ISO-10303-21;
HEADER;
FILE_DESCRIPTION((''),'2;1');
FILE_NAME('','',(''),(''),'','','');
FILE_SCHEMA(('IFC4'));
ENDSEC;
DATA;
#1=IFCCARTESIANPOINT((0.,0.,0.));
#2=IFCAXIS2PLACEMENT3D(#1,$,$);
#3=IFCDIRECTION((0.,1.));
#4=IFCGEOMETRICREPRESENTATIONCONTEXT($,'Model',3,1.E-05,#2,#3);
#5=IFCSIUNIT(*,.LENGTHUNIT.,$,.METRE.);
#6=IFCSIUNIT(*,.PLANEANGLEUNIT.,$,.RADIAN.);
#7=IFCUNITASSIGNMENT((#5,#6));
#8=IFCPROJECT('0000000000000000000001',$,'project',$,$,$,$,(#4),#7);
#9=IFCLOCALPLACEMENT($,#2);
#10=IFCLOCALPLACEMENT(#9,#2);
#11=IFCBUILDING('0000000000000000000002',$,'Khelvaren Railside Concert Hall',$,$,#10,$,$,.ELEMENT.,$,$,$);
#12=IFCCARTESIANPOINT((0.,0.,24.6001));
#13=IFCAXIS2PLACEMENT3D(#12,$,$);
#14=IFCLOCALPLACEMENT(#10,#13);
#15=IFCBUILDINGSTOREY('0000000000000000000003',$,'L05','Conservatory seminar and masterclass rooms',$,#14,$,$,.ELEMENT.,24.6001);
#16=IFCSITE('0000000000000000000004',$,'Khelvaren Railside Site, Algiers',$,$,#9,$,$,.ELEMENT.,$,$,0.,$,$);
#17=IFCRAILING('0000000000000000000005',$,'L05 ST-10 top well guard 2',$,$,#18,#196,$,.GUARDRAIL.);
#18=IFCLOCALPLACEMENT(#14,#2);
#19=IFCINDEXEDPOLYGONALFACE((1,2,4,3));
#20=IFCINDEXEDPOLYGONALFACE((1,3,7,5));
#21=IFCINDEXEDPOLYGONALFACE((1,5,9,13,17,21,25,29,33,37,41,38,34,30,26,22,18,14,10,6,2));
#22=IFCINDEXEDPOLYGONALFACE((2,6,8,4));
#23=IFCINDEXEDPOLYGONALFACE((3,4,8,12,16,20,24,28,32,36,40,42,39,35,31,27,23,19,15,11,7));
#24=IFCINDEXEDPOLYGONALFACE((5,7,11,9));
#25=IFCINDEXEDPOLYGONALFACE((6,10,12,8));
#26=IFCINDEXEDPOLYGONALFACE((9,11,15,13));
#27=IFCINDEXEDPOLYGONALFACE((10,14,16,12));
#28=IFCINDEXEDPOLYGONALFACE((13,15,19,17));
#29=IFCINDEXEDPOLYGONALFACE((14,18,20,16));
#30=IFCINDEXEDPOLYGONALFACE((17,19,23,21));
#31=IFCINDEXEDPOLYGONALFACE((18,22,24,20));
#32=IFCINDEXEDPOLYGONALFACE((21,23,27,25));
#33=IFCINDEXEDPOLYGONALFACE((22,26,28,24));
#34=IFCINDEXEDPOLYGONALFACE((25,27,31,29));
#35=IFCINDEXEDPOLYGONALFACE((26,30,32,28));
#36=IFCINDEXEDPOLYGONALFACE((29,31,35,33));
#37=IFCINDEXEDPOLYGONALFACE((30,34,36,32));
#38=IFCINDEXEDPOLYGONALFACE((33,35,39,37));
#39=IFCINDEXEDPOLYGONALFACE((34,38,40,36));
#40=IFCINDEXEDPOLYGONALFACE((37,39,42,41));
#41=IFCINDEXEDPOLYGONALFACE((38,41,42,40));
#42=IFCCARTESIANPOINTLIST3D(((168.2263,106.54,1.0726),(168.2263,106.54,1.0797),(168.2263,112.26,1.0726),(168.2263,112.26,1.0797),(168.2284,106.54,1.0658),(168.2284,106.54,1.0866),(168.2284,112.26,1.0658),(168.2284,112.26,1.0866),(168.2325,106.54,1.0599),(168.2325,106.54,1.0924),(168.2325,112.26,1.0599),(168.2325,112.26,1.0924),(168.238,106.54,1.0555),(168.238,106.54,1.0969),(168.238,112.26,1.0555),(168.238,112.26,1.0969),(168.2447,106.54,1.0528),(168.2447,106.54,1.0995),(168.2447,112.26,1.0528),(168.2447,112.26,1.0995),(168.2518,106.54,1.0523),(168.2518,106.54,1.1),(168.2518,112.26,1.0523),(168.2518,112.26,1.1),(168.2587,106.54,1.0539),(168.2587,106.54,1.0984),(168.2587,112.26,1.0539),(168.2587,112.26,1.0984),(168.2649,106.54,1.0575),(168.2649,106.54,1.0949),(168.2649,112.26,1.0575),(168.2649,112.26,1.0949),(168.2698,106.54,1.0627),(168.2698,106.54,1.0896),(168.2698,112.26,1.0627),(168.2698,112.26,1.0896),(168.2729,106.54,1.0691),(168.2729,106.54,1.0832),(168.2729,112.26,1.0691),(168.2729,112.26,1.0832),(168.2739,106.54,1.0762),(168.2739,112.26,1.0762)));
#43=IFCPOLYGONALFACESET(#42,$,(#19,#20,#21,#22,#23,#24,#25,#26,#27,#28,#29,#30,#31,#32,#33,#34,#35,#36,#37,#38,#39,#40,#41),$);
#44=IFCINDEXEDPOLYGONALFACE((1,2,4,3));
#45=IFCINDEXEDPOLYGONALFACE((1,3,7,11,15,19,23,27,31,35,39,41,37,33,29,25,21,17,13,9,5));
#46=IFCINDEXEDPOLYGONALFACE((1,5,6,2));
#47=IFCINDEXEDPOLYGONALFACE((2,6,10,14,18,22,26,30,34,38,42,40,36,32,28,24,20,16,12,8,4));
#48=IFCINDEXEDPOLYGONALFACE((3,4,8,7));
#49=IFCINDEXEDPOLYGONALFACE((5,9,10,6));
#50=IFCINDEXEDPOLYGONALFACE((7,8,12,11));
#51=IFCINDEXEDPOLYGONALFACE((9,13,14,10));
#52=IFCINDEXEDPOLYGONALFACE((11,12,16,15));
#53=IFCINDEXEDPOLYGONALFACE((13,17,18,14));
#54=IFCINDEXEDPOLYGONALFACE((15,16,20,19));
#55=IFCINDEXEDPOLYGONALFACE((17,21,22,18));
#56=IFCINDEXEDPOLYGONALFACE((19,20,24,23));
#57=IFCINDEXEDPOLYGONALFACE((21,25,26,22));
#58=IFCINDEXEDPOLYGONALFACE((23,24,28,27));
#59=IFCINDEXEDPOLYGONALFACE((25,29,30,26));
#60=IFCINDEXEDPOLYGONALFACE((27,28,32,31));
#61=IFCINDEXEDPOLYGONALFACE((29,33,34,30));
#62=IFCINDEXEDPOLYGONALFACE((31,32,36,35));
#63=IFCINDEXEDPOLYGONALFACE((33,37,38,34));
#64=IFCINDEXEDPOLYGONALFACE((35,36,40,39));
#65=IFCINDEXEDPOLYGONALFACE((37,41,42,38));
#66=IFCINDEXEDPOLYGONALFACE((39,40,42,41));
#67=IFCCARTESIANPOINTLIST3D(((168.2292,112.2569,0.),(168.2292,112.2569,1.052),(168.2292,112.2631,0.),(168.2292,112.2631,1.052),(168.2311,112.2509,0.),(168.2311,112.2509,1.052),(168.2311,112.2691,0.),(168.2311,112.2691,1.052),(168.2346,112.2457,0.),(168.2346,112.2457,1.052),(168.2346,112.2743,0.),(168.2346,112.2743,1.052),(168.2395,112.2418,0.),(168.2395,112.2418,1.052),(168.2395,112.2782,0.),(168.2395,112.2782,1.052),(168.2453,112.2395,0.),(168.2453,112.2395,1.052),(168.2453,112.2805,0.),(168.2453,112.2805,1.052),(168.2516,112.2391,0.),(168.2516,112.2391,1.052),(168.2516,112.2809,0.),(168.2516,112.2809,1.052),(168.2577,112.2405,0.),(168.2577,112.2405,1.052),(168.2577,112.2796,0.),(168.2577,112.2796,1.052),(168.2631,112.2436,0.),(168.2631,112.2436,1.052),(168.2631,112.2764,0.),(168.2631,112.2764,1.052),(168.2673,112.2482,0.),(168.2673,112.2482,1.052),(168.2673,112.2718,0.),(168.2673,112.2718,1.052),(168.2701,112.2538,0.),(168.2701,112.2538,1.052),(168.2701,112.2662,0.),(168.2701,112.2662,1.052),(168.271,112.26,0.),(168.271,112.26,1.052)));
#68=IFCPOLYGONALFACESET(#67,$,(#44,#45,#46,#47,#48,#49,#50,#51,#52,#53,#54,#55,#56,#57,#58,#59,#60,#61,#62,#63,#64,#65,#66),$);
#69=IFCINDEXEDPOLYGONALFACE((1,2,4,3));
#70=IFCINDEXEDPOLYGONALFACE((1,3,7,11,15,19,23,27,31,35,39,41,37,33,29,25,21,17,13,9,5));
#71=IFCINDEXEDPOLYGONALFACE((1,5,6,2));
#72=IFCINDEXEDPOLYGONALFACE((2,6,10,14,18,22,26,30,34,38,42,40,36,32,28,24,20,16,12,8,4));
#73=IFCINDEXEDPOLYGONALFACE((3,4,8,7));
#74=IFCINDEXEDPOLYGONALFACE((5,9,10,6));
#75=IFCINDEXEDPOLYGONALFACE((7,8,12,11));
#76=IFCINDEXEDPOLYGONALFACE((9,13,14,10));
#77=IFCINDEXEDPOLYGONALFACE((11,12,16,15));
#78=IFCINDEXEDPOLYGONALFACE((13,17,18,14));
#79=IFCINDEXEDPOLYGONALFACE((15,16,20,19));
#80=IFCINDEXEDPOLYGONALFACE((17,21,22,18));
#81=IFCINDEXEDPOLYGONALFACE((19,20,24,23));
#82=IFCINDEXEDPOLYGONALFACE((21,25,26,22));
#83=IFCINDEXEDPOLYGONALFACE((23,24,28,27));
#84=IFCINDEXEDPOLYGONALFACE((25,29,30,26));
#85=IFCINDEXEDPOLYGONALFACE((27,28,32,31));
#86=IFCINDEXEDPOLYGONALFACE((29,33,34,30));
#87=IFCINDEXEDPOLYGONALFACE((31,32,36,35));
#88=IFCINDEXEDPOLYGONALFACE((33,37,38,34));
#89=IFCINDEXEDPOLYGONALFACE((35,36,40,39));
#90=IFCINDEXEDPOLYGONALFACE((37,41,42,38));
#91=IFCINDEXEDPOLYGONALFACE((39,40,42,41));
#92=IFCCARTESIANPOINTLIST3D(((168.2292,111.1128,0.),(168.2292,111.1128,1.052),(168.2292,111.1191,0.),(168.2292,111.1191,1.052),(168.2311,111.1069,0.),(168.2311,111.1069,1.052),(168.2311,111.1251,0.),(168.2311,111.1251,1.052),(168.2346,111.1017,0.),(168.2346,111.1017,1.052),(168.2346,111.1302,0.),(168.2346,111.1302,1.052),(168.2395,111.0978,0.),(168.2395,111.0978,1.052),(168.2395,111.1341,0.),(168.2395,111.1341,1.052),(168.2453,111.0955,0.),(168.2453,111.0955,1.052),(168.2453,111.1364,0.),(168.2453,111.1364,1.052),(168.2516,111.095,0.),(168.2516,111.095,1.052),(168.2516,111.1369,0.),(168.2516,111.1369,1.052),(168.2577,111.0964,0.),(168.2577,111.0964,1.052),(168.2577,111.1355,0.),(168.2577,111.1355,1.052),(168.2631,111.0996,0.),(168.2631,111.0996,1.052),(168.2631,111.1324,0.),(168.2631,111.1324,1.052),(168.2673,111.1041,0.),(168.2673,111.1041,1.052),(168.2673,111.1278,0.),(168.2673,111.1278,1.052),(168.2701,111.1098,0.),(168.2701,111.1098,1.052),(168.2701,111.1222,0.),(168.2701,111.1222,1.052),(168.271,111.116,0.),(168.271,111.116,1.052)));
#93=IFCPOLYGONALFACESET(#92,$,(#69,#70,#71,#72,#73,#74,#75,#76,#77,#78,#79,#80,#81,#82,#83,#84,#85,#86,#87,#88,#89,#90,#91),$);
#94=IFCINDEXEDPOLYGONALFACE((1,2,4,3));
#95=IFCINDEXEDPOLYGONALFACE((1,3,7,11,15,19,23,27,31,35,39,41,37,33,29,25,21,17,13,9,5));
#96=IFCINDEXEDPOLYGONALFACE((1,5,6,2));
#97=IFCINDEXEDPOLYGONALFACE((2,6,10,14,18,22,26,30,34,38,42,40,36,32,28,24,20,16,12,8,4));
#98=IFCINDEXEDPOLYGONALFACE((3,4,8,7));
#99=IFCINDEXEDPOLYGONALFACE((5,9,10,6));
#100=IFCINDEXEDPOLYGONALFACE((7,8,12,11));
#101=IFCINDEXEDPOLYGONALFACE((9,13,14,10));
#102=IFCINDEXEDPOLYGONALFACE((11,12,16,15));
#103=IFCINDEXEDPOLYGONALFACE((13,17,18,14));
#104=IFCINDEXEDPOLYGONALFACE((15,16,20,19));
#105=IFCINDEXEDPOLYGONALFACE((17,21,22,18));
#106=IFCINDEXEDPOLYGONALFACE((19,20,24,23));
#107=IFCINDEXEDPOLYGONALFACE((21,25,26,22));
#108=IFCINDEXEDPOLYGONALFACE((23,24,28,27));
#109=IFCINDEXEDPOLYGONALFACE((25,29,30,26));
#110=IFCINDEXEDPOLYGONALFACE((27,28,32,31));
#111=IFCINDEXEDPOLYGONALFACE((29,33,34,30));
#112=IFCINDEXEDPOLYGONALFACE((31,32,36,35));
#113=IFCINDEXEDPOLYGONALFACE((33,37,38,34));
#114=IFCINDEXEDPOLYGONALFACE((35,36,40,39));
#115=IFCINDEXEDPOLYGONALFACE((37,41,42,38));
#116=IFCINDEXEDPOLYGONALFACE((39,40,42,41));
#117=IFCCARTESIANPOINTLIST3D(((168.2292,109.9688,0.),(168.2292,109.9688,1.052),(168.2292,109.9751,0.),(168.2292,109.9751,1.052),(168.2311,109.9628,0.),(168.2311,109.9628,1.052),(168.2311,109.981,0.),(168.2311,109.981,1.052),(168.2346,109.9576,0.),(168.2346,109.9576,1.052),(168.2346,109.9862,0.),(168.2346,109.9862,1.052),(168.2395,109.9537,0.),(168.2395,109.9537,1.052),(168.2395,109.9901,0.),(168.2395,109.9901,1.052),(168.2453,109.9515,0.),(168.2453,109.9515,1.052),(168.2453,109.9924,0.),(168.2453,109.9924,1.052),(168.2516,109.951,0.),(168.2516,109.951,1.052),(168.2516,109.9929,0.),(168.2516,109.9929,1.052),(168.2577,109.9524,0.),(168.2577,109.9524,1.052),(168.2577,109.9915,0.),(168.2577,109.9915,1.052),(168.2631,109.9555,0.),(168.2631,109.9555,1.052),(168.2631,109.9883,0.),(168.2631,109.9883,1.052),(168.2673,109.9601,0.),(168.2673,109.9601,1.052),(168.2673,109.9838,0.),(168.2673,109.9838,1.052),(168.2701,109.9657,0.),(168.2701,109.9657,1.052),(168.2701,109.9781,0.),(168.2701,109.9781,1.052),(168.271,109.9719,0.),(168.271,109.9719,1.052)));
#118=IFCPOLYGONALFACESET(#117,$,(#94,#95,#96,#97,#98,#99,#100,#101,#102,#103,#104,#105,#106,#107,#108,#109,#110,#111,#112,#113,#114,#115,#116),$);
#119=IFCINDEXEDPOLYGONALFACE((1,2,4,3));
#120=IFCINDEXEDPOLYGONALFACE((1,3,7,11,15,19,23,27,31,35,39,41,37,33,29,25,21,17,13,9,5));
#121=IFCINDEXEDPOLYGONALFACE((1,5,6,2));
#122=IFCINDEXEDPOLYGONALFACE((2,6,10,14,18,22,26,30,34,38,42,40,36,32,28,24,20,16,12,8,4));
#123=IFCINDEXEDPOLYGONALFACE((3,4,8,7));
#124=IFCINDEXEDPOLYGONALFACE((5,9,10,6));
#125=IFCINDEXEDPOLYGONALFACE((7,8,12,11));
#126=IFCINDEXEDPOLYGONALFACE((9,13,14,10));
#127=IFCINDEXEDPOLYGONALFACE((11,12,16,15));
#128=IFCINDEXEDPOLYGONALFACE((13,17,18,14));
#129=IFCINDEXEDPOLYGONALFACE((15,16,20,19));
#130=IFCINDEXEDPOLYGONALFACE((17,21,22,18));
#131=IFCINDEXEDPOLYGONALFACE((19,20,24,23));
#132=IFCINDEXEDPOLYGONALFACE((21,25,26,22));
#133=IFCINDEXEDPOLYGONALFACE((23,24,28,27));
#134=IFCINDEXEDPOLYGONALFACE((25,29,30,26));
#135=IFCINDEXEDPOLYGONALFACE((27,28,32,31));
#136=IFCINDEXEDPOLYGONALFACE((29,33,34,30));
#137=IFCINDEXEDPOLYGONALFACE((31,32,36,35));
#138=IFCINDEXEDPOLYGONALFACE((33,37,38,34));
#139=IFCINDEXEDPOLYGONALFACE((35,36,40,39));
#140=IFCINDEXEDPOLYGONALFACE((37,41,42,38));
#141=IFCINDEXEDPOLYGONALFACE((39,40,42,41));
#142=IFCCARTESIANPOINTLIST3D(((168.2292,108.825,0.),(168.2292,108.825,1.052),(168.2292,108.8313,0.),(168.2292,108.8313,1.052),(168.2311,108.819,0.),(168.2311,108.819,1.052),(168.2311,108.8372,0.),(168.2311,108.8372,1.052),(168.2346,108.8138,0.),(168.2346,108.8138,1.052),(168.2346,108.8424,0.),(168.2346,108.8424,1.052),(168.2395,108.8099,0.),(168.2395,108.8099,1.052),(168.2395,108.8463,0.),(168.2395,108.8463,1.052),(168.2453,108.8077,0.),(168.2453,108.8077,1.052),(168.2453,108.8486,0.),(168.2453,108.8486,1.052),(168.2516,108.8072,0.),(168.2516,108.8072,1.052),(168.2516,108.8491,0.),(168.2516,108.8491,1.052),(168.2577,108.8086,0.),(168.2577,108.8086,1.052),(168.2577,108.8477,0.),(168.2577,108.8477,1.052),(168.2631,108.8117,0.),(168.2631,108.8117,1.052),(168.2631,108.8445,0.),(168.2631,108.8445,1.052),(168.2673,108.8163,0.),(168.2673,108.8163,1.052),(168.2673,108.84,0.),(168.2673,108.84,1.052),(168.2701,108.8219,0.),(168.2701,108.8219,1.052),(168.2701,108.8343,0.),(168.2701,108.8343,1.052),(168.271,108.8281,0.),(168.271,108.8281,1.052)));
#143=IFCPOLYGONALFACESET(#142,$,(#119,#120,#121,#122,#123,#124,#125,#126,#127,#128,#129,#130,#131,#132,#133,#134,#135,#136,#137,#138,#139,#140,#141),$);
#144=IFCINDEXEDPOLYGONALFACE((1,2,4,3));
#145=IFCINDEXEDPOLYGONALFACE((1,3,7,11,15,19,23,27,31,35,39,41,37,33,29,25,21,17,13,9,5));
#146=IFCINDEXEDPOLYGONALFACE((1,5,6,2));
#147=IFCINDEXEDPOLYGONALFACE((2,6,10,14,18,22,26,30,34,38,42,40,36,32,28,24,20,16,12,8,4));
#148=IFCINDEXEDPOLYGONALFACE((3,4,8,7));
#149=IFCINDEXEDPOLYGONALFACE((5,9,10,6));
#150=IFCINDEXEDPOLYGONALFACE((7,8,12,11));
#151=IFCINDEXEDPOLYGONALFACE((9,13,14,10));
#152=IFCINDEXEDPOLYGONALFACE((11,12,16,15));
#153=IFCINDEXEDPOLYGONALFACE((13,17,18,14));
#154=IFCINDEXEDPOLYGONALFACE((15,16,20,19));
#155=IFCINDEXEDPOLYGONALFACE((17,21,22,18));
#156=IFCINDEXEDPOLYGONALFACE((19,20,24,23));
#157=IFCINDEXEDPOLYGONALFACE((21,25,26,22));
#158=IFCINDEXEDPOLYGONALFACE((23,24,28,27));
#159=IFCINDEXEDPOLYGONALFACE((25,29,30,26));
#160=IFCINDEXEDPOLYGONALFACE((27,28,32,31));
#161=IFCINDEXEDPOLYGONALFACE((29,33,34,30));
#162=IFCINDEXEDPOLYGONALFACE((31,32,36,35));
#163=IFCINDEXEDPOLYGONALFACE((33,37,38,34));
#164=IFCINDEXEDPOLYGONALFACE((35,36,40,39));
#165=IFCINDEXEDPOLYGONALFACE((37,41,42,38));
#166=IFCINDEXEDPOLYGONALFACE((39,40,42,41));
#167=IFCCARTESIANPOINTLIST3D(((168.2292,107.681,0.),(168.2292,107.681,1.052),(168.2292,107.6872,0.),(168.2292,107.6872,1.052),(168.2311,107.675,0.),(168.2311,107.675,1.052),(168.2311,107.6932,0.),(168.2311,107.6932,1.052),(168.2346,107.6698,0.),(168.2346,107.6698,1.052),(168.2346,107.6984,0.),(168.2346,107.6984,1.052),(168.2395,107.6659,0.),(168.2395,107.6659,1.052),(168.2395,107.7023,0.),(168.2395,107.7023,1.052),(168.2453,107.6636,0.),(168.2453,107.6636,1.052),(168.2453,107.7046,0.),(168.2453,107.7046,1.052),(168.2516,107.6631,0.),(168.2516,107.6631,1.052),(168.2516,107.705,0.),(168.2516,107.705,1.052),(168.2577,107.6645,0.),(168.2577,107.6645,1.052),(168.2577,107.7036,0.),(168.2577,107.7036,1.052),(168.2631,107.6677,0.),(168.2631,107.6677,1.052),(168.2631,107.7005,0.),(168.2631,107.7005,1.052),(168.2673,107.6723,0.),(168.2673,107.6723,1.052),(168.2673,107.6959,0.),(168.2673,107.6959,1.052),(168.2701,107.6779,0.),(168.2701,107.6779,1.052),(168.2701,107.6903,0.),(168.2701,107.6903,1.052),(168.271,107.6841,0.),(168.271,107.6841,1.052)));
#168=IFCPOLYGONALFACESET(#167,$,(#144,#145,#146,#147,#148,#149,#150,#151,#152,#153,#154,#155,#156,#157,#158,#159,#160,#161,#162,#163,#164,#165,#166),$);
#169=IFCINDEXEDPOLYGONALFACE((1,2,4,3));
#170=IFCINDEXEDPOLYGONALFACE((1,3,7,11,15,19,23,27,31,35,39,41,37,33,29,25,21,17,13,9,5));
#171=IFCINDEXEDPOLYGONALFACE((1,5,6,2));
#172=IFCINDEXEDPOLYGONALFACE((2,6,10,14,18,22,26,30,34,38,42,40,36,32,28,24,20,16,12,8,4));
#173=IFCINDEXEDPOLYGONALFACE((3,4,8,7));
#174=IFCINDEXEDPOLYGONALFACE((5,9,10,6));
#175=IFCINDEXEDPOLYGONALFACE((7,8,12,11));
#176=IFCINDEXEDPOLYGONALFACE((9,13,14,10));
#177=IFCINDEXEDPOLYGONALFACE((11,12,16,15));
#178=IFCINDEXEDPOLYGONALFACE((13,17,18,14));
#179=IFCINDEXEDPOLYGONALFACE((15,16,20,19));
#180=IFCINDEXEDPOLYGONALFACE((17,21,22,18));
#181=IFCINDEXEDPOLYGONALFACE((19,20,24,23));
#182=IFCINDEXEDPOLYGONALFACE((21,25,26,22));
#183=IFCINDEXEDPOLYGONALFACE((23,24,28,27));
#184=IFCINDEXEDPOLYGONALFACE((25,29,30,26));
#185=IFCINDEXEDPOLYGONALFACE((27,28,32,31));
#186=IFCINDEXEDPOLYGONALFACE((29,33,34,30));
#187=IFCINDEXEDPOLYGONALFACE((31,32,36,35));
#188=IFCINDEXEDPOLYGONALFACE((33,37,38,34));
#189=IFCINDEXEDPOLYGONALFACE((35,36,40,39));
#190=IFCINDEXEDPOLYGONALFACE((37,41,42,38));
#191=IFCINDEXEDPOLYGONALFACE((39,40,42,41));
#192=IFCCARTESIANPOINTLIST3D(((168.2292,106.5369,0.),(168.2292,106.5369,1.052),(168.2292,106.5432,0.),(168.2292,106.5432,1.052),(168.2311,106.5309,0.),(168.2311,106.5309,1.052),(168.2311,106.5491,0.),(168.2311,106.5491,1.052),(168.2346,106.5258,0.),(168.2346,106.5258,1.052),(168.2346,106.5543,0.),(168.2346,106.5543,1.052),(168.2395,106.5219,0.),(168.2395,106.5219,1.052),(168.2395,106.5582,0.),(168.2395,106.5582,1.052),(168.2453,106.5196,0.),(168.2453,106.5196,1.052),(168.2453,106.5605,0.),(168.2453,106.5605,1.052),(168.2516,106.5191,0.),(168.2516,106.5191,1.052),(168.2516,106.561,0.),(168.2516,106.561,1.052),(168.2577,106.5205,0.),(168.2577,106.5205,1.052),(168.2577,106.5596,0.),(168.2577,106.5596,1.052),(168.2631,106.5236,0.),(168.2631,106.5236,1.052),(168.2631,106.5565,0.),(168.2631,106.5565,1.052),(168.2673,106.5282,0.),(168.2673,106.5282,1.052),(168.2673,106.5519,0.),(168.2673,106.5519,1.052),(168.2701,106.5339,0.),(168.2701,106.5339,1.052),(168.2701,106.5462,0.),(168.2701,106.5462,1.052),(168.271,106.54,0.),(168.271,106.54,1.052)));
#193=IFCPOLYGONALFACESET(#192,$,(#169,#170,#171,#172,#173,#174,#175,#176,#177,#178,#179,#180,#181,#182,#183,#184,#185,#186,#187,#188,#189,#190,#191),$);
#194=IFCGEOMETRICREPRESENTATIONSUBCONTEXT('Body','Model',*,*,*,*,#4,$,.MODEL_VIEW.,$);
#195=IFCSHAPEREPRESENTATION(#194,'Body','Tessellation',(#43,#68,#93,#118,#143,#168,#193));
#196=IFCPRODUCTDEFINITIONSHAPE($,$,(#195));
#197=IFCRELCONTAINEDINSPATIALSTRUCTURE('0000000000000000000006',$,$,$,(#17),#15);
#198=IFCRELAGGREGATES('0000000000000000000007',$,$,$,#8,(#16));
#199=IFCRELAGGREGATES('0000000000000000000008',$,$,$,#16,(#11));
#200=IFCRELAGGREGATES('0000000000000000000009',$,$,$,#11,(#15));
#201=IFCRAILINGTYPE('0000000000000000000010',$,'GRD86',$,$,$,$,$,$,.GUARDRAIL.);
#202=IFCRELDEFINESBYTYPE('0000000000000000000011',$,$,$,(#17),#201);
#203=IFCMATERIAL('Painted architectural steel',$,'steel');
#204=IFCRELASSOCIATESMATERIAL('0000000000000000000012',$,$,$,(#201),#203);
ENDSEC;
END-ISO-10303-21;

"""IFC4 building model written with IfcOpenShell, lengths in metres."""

from ifc_helpers import new_model, si_unit, direction, frame, origin, origin_2d, place, context, subcontext, project, spatial, circle, extrude, material, type_object, element, save


model = new_model("IFC4")

# Units and contexts
model_context = context("Model", 3, precision=1e-05, world=origin(), true_north=direction((0.0, 1.0)))
body_context = subcontext(model_context, "Body", "Model", "MODEL_VIEW")
ifc_project = project(units=[si_unit("LENGTHUNIT", "METRE"), si_unit("PLANEANGLEUNIT", "RADIAN")], contexts=[model_context])

# Site, building, storey
site_placement = place(None, origin())
site = spatial("IfcSite", under=ifc_project, at=site_placement, Name="Khelvaren Railside Site, Algiers", CompositionType="ELEMENT", RefElevation=0.0)
building_placement = place(site_placement, origin())
building = spatial("IfcBuilding", under=site, at=building_placement, Name="Khelvaren Railside Concert Hall", CompositionType="ELEMENT")
storey_placement = place(building_placement, frame((0.0, 0.0, 24.6001)))
storey = spatial("IfcBuildingStorey", under=building, at=storey_placement, Name="L05", Description="Conservatory seminar and masterclass rooms", CompositionType="ELEMENT", Elevation=24.6001)

# Railing
ifc_material_1 = material(Name="Painted architectural steel", Category="steel")
railing_type = type_object("IfcRailingType", Name="GRD86", PredefinedType="GUARDRAIL", material=ifc_material_1)
for number, where, name in (
    (1, (168.25, 112.26, 0.0), "L05 ST-10 top well guard 2"),
):
    element("IfcRailing", number, at=place(storey_placement, frame(where)), inside=storey, type_object=railing_type, Name=name, PredefinedType="GUARDRAIL", context=body_context, shape_type="SweptSolid", body=[
        extrude(circle(Radius=0.0239, at=origin_2d()), frame((0.0, 0.0, 1.0762), z_axis=(0.0, -1.0, 0.0), x_axis=(1.0, 0.0, 0.0)), (0.0, 0.0, 1.0), 5.72),
        extrude(circle(Radius=0.021, at=origin_2d()), origin(), (0.0, 0.0, 1.0), 1.052),
        extrude(circle(Radius=0.021, at=origin_2d()), frame((0.0, -1.144, 0.0)), (0.0, 0.0, 1.0), 1.052),
        extrude(circle(Radius=0.021, at=origin_2d()), frame((0.0, -2.2881, 0.0)), (0.0, 0.0, 1.0), 1.052),
        extrude(circle(Radius=0.021, at=origin_2d()), frame((0.0, -3.4319, 0.0)), (0.0, 0.0, 1.0), 1.052),
        extrude(circle(Radius=0.021, at=origin_2d()), frame((0.0, -4.5759, 0.0)), (0.0, 0.0, 1.0), 1.052),
        extrude(circle(Radius=0.021, at=origin_2d()), frame((0.0, -5.72, 0.0)), (0.0, 0.0, 1.0), 1.052),
    ])

save(model, "model.ifc")
